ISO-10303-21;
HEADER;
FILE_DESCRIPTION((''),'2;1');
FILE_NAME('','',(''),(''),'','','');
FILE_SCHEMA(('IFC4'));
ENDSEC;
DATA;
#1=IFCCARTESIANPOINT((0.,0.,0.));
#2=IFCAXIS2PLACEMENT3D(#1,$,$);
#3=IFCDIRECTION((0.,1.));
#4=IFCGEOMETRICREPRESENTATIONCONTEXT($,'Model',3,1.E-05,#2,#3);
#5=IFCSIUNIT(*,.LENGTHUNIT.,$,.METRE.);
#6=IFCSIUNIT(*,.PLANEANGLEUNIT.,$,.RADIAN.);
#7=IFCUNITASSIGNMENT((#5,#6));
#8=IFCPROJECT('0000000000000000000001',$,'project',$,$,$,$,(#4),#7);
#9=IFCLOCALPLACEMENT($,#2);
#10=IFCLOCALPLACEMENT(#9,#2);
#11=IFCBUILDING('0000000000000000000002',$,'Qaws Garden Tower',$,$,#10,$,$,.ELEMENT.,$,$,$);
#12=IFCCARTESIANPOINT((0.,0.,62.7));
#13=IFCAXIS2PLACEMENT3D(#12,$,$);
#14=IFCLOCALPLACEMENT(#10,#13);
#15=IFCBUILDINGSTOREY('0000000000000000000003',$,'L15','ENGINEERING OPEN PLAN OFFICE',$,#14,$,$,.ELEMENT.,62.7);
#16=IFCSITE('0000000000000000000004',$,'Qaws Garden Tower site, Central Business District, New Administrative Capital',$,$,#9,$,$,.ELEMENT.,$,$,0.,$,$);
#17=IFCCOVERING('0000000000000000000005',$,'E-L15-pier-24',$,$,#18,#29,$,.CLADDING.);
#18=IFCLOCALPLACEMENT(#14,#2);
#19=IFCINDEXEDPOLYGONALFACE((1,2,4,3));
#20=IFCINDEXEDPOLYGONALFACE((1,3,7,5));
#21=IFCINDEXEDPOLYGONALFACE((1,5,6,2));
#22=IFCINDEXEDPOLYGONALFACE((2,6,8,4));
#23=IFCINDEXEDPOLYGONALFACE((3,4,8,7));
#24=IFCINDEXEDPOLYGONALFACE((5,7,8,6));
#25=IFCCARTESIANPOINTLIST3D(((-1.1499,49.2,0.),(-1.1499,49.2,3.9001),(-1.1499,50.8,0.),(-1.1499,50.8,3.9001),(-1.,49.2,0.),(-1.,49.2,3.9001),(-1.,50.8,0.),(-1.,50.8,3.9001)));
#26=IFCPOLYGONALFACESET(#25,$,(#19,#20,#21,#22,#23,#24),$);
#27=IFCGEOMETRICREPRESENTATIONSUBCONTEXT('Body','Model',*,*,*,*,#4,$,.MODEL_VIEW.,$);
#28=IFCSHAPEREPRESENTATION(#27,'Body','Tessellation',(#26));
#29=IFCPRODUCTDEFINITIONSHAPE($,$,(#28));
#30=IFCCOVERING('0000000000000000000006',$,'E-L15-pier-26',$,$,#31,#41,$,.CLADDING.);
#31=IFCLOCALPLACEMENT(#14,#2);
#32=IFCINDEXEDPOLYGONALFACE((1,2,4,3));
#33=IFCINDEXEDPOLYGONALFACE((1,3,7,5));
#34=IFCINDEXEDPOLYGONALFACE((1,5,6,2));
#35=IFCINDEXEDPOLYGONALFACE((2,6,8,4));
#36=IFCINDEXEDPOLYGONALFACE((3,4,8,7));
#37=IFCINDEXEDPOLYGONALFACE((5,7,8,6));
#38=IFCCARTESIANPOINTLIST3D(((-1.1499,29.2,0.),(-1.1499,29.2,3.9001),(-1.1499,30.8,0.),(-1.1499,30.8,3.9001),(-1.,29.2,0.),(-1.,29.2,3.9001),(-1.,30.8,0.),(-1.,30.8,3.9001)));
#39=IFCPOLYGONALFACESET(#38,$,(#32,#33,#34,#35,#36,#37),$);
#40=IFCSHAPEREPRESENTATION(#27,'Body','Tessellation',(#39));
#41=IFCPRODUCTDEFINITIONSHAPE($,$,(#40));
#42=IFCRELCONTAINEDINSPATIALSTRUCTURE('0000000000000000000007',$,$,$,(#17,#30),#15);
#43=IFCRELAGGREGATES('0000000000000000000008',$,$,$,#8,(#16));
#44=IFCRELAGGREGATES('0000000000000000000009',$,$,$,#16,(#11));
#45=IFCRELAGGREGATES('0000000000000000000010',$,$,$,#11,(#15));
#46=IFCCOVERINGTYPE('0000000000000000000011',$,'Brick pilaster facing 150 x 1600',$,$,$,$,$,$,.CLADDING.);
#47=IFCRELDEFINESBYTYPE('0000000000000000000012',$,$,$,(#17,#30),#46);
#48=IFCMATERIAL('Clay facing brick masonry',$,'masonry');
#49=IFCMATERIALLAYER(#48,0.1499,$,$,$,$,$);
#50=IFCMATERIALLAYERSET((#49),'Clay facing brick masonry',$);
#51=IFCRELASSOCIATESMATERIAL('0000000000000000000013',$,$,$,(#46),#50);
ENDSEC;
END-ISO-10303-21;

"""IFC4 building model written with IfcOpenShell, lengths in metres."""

from ifc_helpers import new_model, si_unit, direction, frame, origin, place, context, subcontext, project, spatial, polyline, outline, extrude, material, layer, layer_set, type_object, element, save


model = new_model("IFC4")

# Units and contexts
model_context = context("Model", 3, precision=1e-05, world=origin(), true_north=direction((0.0, 1.0)))
body_context = subcontext(model_context, "Body", "Model", "MODEL_VIEW")
ifc_project = project(units=[si_unit("LENGTHUNIT", "METRE"), si_unit("PLANEANGLEUNIT", "RADIAN")], contexts=[model_context])

# Site, building, storey
site_placement = place(None, origin())
site = spatial("IfcSite", under=ifc_project, at=site_placement, Name="Qaws Garden Tower site, Central Business District, New Administrative Capital", CompositionType="ELEMENT", RefElevation=0.0)
building_placement = place(site_placement, origin())
building = spatial("IfcBuilding", under=site, at=building_placement, Name="Qaws Garden Tower", CompositionType="ELEMENT")
storey_placement = place(building_placement, frame((0.0, 0.0, 62.7)))
storey = spatial("IfcBuildingStorey", under=building, at=storey_placement, Name="L15", Description="ENGINEERING OPEN PLAN OFFICE", CompositionType="ELEMENT", Elevation=62.7)

# Shared definitions
placement = place(storey_placement, origin())

# Coverings
ifc_material_1 = material(Name="Clay facing brick masonry", Category="masonry")
ifc_layer_1 = layer(ifc_material_1, 0.1499)
ifc_layer_set_1 = layer_set([ifc_layer_1], Name="Clay facing brick masonry")
covering_type = type_object("IfcCoveringType", Name="Brick pilaster facing 150 x 1600", PredefinedType="CLADDING", material=ifc_layer_set_1)
element("IfcCovering", 1, at=placement, inside=storey, type_object=covering_type, Name="E-L15-pier-24", PredefinedType="CLADDING", context=body_context, shape_type="SweptSolid", body=[
    extrude(outline(polyline([(-1.0, 50.8), (-1.0, 49.2), (-1.1499, 49.2), (-1.1499, 50.8), (-1.0, 50.8)])), origin(), (0.0, 0.0, 1.0), 3.9001),
])
element("IfcCovering", 2, at=placement, inside=storey, type_object=covering_type, Name="E-L15-pier-26", PredefinedType="CLADDING", context=body_context, shape_type="SweptSolid", body=[
    extrude(outline(polyline([(-1.0, 30.8), (-1.0, 29.2), (-1.1499, 29.2), (-1.1499, 30.8), (-1.0, 30.8)])), origin(), (0.0, 0.0, 1.0), 3.9001),
])

save(model, "model.ifc")
